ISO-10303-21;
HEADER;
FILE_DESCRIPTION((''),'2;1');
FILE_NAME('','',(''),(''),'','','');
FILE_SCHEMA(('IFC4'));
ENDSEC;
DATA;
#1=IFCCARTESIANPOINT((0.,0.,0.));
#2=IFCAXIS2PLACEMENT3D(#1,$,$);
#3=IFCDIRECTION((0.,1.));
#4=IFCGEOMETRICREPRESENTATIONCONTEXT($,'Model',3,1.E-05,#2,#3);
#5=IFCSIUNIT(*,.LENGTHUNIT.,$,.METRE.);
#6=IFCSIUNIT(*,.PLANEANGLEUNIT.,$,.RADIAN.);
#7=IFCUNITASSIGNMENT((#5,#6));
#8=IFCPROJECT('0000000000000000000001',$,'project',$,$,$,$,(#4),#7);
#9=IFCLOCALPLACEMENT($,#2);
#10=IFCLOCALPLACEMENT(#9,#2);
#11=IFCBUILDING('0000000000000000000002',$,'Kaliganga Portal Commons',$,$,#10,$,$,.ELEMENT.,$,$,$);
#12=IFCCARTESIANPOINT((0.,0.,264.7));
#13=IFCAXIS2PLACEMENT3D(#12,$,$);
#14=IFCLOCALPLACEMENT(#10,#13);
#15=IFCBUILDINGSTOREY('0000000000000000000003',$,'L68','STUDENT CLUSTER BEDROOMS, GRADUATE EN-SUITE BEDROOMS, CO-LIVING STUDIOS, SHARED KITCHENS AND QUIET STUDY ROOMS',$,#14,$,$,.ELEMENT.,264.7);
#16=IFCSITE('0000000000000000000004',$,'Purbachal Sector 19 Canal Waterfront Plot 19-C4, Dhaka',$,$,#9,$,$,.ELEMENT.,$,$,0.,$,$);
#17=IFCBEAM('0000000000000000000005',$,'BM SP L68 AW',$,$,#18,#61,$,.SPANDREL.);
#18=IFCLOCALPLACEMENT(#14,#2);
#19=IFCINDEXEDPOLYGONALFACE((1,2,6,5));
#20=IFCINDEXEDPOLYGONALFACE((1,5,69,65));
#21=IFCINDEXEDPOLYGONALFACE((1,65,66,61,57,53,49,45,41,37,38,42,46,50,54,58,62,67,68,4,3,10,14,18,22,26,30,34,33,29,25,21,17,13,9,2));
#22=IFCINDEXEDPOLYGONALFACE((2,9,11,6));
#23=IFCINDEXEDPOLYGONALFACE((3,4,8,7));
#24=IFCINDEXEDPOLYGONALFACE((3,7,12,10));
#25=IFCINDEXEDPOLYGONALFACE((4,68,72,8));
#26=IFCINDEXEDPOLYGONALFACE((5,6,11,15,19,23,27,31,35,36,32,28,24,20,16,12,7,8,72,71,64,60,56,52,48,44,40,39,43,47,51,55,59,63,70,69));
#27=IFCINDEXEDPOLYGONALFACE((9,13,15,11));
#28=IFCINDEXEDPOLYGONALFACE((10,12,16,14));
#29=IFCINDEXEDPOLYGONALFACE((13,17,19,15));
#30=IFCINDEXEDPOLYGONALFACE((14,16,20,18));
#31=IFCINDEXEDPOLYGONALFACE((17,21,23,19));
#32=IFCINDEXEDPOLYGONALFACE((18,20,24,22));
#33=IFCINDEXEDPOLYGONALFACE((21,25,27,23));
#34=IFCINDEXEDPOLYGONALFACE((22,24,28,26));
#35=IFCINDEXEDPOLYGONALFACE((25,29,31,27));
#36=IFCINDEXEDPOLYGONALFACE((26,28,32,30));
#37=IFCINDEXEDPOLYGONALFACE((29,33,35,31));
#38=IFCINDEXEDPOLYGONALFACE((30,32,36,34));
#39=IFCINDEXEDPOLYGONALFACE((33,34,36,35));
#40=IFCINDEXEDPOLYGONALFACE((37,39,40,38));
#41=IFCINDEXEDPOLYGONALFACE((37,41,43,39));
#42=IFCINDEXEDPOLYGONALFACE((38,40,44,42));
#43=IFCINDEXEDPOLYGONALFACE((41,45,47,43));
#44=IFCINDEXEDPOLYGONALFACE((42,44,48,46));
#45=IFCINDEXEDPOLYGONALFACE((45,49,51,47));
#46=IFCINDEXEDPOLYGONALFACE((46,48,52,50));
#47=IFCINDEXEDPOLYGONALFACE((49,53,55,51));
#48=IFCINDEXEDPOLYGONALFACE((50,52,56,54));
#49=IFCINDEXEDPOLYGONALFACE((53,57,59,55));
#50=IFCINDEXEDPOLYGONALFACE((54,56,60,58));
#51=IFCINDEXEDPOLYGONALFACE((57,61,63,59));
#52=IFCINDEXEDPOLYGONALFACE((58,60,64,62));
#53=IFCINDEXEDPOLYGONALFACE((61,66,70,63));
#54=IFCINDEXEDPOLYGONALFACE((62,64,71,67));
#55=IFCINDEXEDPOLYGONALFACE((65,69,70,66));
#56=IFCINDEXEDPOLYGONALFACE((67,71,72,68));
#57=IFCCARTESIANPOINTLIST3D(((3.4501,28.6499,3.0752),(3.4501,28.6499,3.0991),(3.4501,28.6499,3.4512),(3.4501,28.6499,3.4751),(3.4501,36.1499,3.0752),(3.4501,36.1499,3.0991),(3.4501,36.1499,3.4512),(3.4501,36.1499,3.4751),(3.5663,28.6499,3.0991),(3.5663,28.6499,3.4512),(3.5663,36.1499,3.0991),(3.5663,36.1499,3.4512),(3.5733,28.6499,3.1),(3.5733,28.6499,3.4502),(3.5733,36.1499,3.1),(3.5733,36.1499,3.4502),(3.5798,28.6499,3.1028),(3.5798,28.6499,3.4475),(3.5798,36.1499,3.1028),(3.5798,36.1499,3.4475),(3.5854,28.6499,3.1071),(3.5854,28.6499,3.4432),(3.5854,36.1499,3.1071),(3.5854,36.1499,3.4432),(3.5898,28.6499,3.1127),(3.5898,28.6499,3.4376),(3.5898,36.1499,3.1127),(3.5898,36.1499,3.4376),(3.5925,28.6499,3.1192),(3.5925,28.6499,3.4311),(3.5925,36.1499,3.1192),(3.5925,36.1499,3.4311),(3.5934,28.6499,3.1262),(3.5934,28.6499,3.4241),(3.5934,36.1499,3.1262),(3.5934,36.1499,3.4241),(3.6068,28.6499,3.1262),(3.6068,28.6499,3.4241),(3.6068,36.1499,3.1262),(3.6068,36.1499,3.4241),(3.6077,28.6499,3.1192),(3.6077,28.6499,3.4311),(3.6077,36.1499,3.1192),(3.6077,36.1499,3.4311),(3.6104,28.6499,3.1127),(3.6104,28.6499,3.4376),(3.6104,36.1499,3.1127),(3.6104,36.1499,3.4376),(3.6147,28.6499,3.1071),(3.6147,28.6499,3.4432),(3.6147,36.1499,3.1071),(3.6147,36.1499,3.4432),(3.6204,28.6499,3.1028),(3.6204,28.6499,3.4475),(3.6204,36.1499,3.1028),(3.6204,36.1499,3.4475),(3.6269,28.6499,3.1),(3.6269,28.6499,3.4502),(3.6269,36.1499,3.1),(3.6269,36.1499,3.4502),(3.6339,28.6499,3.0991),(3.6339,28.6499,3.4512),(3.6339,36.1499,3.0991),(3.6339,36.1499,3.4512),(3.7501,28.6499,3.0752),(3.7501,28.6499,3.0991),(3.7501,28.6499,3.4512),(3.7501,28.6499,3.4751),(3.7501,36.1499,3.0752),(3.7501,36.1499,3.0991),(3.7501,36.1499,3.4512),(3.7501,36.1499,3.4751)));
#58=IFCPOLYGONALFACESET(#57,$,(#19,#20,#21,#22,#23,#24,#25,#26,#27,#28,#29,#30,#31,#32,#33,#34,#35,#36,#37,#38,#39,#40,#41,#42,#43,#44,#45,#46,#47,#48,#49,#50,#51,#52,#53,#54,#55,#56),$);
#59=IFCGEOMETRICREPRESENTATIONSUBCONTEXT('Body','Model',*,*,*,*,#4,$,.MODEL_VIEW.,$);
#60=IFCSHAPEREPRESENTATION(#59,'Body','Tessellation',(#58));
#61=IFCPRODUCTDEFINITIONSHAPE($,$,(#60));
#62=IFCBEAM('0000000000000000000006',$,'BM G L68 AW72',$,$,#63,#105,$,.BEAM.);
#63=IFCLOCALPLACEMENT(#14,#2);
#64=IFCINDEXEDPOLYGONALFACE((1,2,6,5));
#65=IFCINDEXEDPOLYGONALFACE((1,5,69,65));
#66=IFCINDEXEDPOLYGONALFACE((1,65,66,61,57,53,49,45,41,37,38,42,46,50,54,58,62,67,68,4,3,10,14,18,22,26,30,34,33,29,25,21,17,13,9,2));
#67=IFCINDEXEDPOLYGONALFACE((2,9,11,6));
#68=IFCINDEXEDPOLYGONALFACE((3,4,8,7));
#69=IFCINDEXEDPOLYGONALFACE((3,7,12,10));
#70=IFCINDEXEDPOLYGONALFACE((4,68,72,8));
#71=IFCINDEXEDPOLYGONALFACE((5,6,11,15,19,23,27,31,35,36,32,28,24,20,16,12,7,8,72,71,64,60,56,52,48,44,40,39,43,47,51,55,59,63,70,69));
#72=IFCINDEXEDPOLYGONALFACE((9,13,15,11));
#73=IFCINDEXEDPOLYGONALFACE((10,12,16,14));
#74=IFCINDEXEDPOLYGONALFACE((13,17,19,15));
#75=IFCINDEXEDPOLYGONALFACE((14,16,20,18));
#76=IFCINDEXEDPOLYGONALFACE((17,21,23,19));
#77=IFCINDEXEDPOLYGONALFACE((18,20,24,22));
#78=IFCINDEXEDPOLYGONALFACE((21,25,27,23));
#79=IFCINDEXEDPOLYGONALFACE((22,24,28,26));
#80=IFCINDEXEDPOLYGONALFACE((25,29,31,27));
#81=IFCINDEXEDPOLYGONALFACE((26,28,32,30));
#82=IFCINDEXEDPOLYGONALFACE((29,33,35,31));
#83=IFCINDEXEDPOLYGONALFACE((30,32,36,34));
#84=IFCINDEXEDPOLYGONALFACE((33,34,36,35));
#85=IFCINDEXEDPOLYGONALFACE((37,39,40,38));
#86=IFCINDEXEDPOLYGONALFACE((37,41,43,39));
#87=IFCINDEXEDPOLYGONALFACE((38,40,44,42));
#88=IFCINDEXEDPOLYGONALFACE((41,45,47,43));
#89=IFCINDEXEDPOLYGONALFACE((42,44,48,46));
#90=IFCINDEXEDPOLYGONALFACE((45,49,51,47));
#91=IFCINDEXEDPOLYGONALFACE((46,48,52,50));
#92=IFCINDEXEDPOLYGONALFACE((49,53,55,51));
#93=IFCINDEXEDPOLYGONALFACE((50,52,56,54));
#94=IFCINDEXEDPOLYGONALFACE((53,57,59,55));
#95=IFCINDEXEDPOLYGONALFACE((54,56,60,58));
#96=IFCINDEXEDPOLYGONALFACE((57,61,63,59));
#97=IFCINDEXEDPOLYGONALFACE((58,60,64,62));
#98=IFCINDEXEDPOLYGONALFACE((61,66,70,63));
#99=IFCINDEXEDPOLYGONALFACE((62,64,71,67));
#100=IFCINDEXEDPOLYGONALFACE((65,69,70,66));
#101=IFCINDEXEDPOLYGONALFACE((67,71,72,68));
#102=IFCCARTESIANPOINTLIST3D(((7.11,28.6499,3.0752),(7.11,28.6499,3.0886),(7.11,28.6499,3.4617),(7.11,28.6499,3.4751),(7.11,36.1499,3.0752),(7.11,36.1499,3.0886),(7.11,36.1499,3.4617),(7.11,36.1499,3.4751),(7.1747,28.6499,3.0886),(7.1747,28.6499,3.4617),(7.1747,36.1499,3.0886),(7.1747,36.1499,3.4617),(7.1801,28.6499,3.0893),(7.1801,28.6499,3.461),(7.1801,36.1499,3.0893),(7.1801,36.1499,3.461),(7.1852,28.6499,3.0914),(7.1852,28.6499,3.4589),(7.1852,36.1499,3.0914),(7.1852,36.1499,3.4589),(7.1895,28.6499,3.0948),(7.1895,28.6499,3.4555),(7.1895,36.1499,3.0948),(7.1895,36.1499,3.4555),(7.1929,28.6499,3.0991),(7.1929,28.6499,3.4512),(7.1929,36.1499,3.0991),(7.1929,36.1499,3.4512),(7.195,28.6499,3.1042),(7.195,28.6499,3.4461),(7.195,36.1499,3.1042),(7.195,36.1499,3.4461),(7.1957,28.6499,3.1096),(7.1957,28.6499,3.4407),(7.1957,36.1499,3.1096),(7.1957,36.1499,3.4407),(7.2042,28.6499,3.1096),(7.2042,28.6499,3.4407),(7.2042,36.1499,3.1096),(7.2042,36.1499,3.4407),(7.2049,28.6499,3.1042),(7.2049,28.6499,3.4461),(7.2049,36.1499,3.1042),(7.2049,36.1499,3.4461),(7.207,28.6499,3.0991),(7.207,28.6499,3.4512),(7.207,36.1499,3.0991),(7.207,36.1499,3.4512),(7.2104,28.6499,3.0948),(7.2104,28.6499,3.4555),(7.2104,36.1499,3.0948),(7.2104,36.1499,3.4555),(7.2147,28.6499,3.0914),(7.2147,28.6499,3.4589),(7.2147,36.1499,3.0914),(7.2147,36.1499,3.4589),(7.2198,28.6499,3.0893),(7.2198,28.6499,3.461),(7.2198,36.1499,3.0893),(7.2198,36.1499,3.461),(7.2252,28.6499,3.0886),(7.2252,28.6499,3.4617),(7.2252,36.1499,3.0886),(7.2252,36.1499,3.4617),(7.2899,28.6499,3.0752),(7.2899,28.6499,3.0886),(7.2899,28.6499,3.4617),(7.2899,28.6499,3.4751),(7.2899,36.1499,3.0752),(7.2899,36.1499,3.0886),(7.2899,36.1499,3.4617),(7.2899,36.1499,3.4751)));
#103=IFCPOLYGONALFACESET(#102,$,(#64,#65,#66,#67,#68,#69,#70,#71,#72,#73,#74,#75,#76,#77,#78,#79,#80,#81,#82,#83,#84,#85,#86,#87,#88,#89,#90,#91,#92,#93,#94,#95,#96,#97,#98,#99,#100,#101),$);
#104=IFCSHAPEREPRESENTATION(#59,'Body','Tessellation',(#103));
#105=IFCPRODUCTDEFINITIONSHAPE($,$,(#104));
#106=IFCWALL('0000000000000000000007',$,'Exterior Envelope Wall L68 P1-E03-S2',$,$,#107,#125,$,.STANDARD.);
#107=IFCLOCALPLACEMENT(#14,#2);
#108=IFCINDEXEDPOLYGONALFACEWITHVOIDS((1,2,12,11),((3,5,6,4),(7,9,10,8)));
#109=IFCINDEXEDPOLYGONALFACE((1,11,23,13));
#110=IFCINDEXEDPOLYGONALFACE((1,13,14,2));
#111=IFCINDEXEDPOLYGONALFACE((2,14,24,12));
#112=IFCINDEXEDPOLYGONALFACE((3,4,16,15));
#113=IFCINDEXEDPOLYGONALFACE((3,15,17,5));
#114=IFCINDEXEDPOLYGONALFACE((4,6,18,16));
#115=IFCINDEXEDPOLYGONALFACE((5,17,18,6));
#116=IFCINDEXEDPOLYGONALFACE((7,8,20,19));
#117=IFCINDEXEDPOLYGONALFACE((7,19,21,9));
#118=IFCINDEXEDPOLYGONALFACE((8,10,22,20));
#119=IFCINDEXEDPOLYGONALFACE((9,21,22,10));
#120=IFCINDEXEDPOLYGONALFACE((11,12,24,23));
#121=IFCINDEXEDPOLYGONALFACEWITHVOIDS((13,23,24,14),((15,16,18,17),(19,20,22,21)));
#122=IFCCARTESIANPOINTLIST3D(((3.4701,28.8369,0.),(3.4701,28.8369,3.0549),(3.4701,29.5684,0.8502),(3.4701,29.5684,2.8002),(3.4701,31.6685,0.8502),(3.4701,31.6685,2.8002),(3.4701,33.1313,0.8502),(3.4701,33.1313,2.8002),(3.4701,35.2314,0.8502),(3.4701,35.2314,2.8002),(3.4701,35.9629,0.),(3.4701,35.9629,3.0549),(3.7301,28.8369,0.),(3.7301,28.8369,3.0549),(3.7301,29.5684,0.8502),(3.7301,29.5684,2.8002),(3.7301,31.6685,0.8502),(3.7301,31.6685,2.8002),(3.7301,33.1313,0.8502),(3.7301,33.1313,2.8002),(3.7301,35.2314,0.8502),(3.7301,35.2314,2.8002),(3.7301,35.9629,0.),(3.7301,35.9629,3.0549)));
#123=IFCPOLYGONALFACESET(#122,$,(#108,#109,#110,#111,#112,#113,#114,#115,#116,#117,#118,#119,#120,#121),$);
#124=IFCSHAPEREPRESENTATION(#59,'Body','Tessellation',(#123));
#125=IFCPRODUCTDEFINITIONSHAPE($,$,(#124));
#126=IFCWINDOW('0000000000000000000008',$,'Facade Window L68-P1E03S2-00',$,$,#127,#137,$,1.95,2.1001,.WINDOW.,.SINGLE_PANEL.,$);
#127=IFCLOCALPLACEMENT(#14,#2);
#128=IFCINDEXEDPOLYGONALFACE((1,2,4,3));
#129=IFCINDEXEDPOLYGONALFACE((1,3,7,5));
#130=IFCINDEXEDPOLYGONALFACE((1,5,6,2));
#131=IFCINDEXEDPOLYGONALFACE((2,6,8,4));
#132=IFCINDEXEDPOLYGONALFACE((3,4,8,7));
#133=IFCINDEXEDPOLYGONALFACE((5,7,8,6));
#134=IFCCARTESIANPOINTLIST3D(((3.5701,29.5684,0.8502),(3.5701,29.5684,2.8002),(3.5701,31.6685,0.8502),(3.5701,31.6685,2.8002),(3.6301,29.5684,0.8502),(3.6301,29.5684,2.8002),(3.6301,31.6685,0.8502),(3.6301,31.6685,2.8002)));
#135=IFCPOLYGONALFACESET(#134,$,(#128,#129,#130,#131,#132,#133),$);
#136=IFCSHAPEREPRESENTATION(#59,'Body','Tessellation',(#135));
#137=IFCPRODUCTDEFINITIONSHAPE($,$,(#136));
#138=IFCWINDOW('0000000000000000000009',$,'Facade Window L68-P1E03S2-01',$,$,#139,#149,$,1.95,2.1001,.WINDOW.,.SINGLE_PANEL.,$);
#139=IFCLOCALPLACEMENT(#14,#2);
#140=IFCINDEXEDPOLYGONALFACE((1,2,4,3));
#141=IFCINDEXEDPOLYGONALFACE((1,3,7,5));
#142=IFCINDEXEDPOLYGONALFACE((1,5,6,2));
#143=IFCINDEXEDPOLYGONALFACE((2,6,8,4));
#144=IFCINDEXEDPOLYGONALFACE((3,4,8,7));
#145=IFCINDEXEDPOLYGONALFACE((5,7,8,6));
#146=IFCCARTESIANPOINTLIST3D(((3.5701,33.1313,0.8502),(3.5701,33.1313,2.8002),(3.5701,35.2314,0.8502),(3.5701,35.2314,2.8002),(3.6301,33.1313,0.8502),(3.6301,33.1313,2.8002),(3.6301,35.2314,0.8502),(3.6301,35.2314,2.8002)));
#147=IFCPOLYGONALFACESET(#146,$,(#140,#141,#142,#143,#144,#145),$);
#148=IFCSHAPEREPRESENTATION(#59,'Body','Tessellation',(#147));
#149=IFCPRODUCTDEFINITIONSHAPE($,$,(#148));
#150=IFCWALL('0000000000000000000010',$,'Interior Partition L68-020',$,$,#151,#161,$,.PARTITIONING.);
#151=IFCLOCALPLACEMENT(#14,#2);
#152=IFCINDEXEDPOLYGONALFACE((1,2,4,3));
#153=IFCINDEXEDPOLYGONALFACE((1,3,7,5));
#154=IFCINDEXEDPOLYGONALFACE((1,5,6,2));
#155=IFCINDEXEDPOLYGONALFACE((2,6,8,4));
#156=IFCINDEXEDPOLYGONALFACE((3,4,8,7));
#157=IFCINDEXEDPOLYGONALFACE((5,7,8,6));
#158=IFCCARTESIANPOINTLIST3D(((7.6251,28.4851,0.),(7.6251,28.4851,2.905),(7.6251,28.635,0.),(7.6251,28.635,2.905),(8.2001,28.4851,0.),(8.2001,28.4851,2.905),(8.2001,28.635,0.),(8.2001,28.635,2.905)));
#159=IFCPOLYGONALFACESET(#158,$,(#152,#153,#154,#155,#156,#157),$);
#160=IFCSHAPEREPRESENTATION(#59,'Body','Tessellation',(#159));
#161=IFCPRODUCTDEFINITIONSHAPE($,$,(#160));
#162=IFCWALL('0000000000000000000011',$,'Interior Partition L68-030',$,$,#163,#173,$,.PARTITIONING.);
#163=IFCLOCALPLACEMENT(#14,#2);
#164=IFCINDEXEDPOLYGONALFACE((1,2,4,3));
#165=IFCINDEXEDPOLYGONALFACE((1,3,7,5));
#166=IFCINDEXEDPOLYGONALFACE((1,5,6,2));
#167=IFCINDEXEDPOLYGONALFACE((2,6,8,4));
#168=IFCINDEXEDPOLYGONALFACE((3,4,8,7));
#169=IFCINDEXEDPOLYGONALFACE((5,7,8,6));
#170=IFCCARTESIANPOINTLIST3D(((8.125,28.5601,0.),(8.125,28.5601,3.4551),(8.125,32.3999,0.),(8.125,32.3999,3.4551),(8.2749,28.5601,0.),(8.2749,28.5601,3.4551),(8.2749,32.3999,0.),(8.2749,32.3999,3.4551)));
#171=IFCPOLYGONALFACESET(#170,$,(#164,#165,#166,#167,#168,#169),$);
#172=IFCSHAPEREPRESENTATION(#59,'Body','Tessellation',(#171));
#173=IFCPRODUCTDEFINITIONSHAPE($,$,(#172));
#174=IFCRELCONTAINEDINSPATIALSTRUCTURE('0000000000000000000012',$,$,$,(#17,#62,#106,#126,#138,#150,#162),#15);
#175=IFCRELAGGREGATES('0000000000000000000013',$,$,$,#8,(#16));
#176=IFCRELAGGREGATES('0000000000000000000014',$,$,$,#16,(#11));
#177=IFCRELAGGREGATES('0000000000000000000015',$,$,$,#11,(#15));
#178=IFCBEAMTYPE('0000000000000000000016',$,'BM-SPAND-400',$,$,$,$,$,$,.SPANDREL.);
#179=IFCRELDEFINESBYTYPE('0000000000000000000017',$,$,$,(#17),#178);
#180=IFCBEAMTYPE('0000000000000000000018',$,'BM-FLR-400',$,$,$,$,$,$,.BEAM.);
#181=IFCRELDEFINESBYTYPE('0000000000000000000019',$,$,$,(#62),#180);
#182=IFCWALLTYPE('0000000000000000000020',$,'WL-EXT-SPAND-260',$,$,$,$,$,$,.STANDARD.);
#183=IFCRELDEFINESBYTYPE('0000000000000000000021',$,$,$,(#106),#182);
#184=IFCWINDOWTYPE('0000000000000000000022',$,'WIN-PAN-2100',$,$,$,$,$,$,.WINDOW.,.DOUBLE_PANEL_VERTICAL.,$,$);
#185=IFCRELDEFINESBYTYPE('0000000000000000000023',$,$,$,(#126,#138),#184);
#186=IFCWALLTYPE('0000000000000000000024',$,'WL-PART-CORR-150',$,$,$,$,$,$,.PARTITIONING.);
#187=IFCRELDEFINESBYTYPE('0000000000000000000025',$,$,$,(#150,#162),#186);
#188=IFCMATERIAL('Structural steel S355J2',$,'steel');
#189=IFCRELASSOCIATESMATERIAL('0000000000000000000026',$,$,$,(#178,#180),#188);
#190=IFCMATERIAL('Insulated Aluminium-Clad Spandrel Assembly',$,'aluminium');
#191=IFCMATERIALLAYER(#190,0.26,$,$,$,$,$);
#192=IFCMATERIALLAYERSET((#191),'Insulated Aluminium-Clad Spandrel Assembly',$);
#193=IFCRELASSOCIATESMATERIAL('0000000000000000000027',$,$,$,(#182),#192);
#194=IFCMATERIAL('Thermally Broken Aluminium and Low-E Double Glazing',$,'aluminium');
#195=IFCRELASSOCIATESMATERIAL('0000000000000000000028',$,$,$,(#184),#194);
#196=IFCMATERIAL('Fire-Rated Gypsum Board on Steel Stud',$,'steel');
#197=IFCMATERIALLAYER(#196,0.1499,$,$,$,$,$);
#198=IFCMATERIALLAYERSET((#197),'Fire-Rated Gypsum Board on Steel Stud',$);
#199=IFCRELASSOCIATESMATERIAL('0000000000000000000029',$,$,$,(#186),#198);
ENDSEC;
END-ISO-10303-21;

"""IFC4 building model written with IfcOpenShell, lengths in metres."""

from ifc_helpers import new_model, si_unit, direction, frame, frame_2d, origin, origin_2d, place, context, subcontext, project, spatial, rectangle, i_section, extrude, source, transform, mapped, material, layer, layer_set, material_profile, profile_set, type_object, element, fill, save


model = new_model("IFC4")

# Units and contexts
model_context = context("Model", 3, precision=1e-05, world=origin(), true_north=direction((0.0, 1.0)))
body_context = subcontext(model_context, "Body", "Model", "MODEL_VIEW")
ifc_project = project(units=[si_unit("LENGTHUNIT", "METRE"), si_unit("PLANEANGLEUNIT", "RADIAN")], contexts=[model_context])

# Site, building, storey
site_placement = place(None, origin())
site = spatial("IfcSite", under=ifc_project, at=site_placement, Name="Purbachal Sector 19 Canal Waterfront Plot 19-C4, Dhaka", CompositionType="ELEMENT", RefElevation=0.0)
building_placement = place(site_placement, origin())
building = spatial("IfcBuilding", under=site, at=building_placement, Name="Kaliganga Portal Commons", CompositionType="ELEMENT")
storey_placement = place(building_placement, frame((0.0, 0.0, 264.7)))
storey = spatial("IfcBuildingStorey", under=building, at=storey_placement, Name="L68", Description="STUDENT CLUSTER BEDROOMS, GRADUATE EN-SUITE BEDROOMS, CO-LIVING STUDIOS, SHARED KITCHENS AND QUIET STUDY ROOMS", CompositionType="ELEMENT", Elevation=264.7)

# Shared definitions
ifc_material_1 = material(Name="Structural steel S355J2", Category="steel")

# Beams
ifc_material_profile_1 = material_profile(ifc_material_1, i_section(OverallWidth=0.3, OverallDepth=0.3999, WebThickness=0.0134, FlangeThickness=0.0239, FilletRadius=0.0271, at=origin_2d()), Name="HE 400 B")
ifc_profile_set_1 = profile_set([ifc_material_profile_1], Name="Structural steel S355J2 wide-flange")
beam_type_1 = type_object("IfcBeamType", Name="BM-SPAND-400", PredefinedType="SPANDREL", material=ifc_profile_set_1)
shared_shape_1 = source(origin(), body_context, "Body", "SweptSolid", [
    extrude(i_section(OverallWidth=0.3, OverallDepth=0.3999, WebThickness=0.0134, FlangeThickness=0.0239, FilletRadius=0.0271, at=origin_2d()), origin(), (0.0, 0.0, 1.0), 7.5),
])
beam_1_placement = place(storey_placement, frame((3.6001, 28.6499, 3.2751), z_axis=(0.0, 1.0, 0.0), x_axis=(-1.0, 0.0, 0.0)))
element("IfcBeam", 1, at=beam_1_placement, inside=storey, type_object=beam_type_1, Name="BM SP L68 AW", PredefinedType="SPANDREL", context=body_context, shape_type="MappedRepresentation", body=[
    mapped(shared_shape_1, transform((0.0, 0.0, 0.0), x_axis=(1.0, 0.0, 0.0), y_axis=(0.0, 1.0, 0.0), z_axis=(0.0, 0.0, 1.0), scale=1.0)),
])
ifc_material_profile_2 = material_profile(ifc_material_1, i_section(OverallWidth=0.1799, OverallDepth=0.3999, WebThickness=0.0085, FlangeThickness=0.0134, FilletRadius=0.021, at=origin_2d()), Name="IPE 400")
ifc_profile_set_2 = profile_set([ifc_material_profile_2], Name="Structural steel S355J2 wide-flange")
beam_type_2 = type_object("IfcBeamType", Name="BM-FLR-400", PredefinedType="BEAM", material=ifc_profile_set_2)
shared_shape_2 = source(origin(), body_context, "Body", "SweptSolid", [
    extrude(i_section(OverallWidth=0.1799, OverallDepth=0.3999, WebThickness=0.0085, FlangeThickness=0.0134, FilletRadius=0.021, at=origin_2d()), origin(), (0.0, 0.0, 1.0), 7.5),
])
beam_2_placement = place(storey_placement, frame((7.2, 28.6499, 3.2751), z_axis=(0.0, 1.0, 0.0), x_axis=(-1.0, 0.0, 0.0)))
element("IfcBeam", 2, at=beam_2_placement, inside=storey, type_object=beam_type_2, Name="BM G L68 AW72", PredefinedType="BEAM", context=body_context, shape_type="MappedRepresentation", body=[
    mapped(shared_shape_2, transform((0.0, 0.0, 0.0), x_axis=(1.0, 0.0, 0.0), y_axis=(0.0, 1.0, 0.0), z_axis=(0.0, 0.0, 1.0), scale=1.0)),
])

# Wall, openings, windows
ifc_material_2 = material(Name="Insulated Aluminium-Clad Spandrel Assembly", Category="aluminium")
ifc_layer_1 = layer(ifc_material_2, 0.26)
ifc_layer_set_1 = layer_set([ifc_layer_1], Name="Insulated Aluminium-Clad Spandrel Assembly")
wall_type_1 = type_object("IfcWallType", Name="WL-EXT-SPAND-260", PredefinedType="STANDARD", material=ifc_layer_set_1)
wall_1_placement = place(storey_placement, frame((3.6001, 28.8369, 0.0), z_axis=(0.0, 0.0, 1.0), x_axis=(0.0, 1.0, 0.0)))
wall_1 = element("IfcWall", 3, at=wall_1_placement, inside=storey, type_object=wall_type_1, Name="Exterior Envelope Wall L68 P1-E03-S2", PredefinedType="STANDARD", context=body_context, shape_type="SweptSolid", body=[
    extrude(rectangle(XDim=7.126, YDim=0.26, at=frame_2d((3.563, 0.0))), origin(), (0.0, 0.0, 1.0), 3.0549),
])
opening_1_placement = place(wall_1_placement, frame((0.7314, 0.0, 0.8501)))
opening_1 = element("IfcOpeningElement", 4, at=opening_1_placement, cuts=wall_1, PredefinedType="OPENING", context=body_context, shape_type="SweptSolid", body=[
    extrude(rectangle(XDim=2.1001, YDim=1.95, at=frame_2d((1.05, 0.9751))), frame((0.0, 0.1401, 0.0), z_axis=(0.0, -1.0, 0.0), x_axis=(1.0, 0.0, 0.0)), (0.0, 0.0, 1.0), 0.28),
])
opening_2_placement = place(wall_1_placement, frame((4.2944, 0.0, 0.8501)))
opening_2 = element("IfcOpeningElement", 5, at=opening_2_placement, cuts=wall_1, PredefinedType="OPENING", context=body_context, shape_type="SweptSolid", body=[
    extrude(rectangle(XDim=2.1001, YDim=1.95, at=frame_2d((1.05, 0.9751))), frame((0.0, 0.1401, 0.0), z_axis=(0.0, -1.0, 0.0), x_axis=(1.0, 0.0, 0.0)), (0.0, 0.0, 1.0), 0.28),
])
ifc_material_3 = material(Name="Thermally Broken Aluminium and Low-E Double Glazing", Category="aluminium")
window_type = type_object("IfcWindowType", Name="WIN-PAN-2100", PartitioningType="DOUBLE_PANEL_VERTICAL", PredefinedType="WINDOW", material=ifc_material_3)
window_1_placement = place(opening_1_placement, origin())
window_1 = element("IfcWindow", 6, at=window_1_placement, inside=storey, type_object=window_type, Name="Facade Window L68-P1E03S2-00", OverallHeight=1.95, OverallWidth=2.1001, PartitioningType="SINGLE_PANEL", PredefinedType="WINDOW", context=body_context, shape_type="SweptSolid", body=[
    extrude(rectangle(XDim=2.1001, YDim=1.95, at=frame_2d((1.05, 0.9751))), frame((0.0, 0.03, 0.0), z_axis=(0.0, -1.0, 0.0), x_axis=(1.0, 0.0, 0.0)), (0.0, 0.0, 1.0), 0.0601),
])
fill(opening_1, window_1)
window_2_placement = place(opening_2_placement, origin())
window_2 = element("IfcWindow", 7, at=window_2_placement, inside=storey, type_object=window_type, Name="Facade Window L68-P1E03S2-01", OverallHeight=1.95, OverallWidth=2.1001, PartitioningType="SINGLE_PANEL", PredefinedType="WINDOW", context=body_context, shape_type="SweptSolid", body=[
    extrude(rectangle(XDim=2.1001, YDim=1.95, at=frame_2d((1.05, 0.9751))), frame((0.0, 0.03, 0.0), z_axis=(0.0, -1.0, 0.0), x_axis=(1.0, 0.0, 0.0)), (0.0, 0.0, 1.0), 0.0601),
])
fill(opening_2, window_2)

# Shared definitions
ifc_material_4 = material(Name="Fire-Rated Gypsum Board on Steel Stud", Category="steel")
ifc_layer_2 = layer(ifc_material_4, 0.1499)
ifc_layer_set_2 = layer_set([ifc_layer_2], Name="Fire-Rated Gypsum Board on Steel Stud")
wall_type_2 = type_object("IfcWallType", Name="WL-PART-CORR-150", PredefinedType="PARTITIONING", material=ifc_layer_set_2)

# Walls
wall_2_placement = place(storey_placement, frame((7.625, 28.5601, 0.0), z_axis=(0.0, 0.0, 1.0), x_axis=(1.0, 0.0, 0.0)))
element("IfcWall", 8, at=wall_2_placement, inside=storey, type_object=wall_type_2, Name="Interior Partition L68-020", PredefinedType="PARTITIONING", context=body_context, shape_type="SweptSolid", body=[
    extrude(rectangle(XDim=0.575, YDim=0.1499, at=frame_2d((0.2876, 0.0))), origin(), (0.0, 0.0, 1.0), 2.905),
])
wall_3_placement = place(storey_placement, frame((8.2, 28.5601, 0.0), z_axis=(0.0, 0.0, 1.0), x_axis=(0.0, 1.0, 0.0)))
element("IfcWall", 9, at=wall_3_placement, inside=storey, type_object=wall_type_2, Name="Interior Partition L68-030", PredefinedType="PARTITIONING", context=body_context, shape_type="SweptSolid", body=[
    extrude(rectangle(XDim=3.8398, YDim=0.1499, at=frame_2d((1.9199, 0.0))), origin(), (0.0, 0.0, 1.0), 3.4551),
])

save(model, "model.ifc")
